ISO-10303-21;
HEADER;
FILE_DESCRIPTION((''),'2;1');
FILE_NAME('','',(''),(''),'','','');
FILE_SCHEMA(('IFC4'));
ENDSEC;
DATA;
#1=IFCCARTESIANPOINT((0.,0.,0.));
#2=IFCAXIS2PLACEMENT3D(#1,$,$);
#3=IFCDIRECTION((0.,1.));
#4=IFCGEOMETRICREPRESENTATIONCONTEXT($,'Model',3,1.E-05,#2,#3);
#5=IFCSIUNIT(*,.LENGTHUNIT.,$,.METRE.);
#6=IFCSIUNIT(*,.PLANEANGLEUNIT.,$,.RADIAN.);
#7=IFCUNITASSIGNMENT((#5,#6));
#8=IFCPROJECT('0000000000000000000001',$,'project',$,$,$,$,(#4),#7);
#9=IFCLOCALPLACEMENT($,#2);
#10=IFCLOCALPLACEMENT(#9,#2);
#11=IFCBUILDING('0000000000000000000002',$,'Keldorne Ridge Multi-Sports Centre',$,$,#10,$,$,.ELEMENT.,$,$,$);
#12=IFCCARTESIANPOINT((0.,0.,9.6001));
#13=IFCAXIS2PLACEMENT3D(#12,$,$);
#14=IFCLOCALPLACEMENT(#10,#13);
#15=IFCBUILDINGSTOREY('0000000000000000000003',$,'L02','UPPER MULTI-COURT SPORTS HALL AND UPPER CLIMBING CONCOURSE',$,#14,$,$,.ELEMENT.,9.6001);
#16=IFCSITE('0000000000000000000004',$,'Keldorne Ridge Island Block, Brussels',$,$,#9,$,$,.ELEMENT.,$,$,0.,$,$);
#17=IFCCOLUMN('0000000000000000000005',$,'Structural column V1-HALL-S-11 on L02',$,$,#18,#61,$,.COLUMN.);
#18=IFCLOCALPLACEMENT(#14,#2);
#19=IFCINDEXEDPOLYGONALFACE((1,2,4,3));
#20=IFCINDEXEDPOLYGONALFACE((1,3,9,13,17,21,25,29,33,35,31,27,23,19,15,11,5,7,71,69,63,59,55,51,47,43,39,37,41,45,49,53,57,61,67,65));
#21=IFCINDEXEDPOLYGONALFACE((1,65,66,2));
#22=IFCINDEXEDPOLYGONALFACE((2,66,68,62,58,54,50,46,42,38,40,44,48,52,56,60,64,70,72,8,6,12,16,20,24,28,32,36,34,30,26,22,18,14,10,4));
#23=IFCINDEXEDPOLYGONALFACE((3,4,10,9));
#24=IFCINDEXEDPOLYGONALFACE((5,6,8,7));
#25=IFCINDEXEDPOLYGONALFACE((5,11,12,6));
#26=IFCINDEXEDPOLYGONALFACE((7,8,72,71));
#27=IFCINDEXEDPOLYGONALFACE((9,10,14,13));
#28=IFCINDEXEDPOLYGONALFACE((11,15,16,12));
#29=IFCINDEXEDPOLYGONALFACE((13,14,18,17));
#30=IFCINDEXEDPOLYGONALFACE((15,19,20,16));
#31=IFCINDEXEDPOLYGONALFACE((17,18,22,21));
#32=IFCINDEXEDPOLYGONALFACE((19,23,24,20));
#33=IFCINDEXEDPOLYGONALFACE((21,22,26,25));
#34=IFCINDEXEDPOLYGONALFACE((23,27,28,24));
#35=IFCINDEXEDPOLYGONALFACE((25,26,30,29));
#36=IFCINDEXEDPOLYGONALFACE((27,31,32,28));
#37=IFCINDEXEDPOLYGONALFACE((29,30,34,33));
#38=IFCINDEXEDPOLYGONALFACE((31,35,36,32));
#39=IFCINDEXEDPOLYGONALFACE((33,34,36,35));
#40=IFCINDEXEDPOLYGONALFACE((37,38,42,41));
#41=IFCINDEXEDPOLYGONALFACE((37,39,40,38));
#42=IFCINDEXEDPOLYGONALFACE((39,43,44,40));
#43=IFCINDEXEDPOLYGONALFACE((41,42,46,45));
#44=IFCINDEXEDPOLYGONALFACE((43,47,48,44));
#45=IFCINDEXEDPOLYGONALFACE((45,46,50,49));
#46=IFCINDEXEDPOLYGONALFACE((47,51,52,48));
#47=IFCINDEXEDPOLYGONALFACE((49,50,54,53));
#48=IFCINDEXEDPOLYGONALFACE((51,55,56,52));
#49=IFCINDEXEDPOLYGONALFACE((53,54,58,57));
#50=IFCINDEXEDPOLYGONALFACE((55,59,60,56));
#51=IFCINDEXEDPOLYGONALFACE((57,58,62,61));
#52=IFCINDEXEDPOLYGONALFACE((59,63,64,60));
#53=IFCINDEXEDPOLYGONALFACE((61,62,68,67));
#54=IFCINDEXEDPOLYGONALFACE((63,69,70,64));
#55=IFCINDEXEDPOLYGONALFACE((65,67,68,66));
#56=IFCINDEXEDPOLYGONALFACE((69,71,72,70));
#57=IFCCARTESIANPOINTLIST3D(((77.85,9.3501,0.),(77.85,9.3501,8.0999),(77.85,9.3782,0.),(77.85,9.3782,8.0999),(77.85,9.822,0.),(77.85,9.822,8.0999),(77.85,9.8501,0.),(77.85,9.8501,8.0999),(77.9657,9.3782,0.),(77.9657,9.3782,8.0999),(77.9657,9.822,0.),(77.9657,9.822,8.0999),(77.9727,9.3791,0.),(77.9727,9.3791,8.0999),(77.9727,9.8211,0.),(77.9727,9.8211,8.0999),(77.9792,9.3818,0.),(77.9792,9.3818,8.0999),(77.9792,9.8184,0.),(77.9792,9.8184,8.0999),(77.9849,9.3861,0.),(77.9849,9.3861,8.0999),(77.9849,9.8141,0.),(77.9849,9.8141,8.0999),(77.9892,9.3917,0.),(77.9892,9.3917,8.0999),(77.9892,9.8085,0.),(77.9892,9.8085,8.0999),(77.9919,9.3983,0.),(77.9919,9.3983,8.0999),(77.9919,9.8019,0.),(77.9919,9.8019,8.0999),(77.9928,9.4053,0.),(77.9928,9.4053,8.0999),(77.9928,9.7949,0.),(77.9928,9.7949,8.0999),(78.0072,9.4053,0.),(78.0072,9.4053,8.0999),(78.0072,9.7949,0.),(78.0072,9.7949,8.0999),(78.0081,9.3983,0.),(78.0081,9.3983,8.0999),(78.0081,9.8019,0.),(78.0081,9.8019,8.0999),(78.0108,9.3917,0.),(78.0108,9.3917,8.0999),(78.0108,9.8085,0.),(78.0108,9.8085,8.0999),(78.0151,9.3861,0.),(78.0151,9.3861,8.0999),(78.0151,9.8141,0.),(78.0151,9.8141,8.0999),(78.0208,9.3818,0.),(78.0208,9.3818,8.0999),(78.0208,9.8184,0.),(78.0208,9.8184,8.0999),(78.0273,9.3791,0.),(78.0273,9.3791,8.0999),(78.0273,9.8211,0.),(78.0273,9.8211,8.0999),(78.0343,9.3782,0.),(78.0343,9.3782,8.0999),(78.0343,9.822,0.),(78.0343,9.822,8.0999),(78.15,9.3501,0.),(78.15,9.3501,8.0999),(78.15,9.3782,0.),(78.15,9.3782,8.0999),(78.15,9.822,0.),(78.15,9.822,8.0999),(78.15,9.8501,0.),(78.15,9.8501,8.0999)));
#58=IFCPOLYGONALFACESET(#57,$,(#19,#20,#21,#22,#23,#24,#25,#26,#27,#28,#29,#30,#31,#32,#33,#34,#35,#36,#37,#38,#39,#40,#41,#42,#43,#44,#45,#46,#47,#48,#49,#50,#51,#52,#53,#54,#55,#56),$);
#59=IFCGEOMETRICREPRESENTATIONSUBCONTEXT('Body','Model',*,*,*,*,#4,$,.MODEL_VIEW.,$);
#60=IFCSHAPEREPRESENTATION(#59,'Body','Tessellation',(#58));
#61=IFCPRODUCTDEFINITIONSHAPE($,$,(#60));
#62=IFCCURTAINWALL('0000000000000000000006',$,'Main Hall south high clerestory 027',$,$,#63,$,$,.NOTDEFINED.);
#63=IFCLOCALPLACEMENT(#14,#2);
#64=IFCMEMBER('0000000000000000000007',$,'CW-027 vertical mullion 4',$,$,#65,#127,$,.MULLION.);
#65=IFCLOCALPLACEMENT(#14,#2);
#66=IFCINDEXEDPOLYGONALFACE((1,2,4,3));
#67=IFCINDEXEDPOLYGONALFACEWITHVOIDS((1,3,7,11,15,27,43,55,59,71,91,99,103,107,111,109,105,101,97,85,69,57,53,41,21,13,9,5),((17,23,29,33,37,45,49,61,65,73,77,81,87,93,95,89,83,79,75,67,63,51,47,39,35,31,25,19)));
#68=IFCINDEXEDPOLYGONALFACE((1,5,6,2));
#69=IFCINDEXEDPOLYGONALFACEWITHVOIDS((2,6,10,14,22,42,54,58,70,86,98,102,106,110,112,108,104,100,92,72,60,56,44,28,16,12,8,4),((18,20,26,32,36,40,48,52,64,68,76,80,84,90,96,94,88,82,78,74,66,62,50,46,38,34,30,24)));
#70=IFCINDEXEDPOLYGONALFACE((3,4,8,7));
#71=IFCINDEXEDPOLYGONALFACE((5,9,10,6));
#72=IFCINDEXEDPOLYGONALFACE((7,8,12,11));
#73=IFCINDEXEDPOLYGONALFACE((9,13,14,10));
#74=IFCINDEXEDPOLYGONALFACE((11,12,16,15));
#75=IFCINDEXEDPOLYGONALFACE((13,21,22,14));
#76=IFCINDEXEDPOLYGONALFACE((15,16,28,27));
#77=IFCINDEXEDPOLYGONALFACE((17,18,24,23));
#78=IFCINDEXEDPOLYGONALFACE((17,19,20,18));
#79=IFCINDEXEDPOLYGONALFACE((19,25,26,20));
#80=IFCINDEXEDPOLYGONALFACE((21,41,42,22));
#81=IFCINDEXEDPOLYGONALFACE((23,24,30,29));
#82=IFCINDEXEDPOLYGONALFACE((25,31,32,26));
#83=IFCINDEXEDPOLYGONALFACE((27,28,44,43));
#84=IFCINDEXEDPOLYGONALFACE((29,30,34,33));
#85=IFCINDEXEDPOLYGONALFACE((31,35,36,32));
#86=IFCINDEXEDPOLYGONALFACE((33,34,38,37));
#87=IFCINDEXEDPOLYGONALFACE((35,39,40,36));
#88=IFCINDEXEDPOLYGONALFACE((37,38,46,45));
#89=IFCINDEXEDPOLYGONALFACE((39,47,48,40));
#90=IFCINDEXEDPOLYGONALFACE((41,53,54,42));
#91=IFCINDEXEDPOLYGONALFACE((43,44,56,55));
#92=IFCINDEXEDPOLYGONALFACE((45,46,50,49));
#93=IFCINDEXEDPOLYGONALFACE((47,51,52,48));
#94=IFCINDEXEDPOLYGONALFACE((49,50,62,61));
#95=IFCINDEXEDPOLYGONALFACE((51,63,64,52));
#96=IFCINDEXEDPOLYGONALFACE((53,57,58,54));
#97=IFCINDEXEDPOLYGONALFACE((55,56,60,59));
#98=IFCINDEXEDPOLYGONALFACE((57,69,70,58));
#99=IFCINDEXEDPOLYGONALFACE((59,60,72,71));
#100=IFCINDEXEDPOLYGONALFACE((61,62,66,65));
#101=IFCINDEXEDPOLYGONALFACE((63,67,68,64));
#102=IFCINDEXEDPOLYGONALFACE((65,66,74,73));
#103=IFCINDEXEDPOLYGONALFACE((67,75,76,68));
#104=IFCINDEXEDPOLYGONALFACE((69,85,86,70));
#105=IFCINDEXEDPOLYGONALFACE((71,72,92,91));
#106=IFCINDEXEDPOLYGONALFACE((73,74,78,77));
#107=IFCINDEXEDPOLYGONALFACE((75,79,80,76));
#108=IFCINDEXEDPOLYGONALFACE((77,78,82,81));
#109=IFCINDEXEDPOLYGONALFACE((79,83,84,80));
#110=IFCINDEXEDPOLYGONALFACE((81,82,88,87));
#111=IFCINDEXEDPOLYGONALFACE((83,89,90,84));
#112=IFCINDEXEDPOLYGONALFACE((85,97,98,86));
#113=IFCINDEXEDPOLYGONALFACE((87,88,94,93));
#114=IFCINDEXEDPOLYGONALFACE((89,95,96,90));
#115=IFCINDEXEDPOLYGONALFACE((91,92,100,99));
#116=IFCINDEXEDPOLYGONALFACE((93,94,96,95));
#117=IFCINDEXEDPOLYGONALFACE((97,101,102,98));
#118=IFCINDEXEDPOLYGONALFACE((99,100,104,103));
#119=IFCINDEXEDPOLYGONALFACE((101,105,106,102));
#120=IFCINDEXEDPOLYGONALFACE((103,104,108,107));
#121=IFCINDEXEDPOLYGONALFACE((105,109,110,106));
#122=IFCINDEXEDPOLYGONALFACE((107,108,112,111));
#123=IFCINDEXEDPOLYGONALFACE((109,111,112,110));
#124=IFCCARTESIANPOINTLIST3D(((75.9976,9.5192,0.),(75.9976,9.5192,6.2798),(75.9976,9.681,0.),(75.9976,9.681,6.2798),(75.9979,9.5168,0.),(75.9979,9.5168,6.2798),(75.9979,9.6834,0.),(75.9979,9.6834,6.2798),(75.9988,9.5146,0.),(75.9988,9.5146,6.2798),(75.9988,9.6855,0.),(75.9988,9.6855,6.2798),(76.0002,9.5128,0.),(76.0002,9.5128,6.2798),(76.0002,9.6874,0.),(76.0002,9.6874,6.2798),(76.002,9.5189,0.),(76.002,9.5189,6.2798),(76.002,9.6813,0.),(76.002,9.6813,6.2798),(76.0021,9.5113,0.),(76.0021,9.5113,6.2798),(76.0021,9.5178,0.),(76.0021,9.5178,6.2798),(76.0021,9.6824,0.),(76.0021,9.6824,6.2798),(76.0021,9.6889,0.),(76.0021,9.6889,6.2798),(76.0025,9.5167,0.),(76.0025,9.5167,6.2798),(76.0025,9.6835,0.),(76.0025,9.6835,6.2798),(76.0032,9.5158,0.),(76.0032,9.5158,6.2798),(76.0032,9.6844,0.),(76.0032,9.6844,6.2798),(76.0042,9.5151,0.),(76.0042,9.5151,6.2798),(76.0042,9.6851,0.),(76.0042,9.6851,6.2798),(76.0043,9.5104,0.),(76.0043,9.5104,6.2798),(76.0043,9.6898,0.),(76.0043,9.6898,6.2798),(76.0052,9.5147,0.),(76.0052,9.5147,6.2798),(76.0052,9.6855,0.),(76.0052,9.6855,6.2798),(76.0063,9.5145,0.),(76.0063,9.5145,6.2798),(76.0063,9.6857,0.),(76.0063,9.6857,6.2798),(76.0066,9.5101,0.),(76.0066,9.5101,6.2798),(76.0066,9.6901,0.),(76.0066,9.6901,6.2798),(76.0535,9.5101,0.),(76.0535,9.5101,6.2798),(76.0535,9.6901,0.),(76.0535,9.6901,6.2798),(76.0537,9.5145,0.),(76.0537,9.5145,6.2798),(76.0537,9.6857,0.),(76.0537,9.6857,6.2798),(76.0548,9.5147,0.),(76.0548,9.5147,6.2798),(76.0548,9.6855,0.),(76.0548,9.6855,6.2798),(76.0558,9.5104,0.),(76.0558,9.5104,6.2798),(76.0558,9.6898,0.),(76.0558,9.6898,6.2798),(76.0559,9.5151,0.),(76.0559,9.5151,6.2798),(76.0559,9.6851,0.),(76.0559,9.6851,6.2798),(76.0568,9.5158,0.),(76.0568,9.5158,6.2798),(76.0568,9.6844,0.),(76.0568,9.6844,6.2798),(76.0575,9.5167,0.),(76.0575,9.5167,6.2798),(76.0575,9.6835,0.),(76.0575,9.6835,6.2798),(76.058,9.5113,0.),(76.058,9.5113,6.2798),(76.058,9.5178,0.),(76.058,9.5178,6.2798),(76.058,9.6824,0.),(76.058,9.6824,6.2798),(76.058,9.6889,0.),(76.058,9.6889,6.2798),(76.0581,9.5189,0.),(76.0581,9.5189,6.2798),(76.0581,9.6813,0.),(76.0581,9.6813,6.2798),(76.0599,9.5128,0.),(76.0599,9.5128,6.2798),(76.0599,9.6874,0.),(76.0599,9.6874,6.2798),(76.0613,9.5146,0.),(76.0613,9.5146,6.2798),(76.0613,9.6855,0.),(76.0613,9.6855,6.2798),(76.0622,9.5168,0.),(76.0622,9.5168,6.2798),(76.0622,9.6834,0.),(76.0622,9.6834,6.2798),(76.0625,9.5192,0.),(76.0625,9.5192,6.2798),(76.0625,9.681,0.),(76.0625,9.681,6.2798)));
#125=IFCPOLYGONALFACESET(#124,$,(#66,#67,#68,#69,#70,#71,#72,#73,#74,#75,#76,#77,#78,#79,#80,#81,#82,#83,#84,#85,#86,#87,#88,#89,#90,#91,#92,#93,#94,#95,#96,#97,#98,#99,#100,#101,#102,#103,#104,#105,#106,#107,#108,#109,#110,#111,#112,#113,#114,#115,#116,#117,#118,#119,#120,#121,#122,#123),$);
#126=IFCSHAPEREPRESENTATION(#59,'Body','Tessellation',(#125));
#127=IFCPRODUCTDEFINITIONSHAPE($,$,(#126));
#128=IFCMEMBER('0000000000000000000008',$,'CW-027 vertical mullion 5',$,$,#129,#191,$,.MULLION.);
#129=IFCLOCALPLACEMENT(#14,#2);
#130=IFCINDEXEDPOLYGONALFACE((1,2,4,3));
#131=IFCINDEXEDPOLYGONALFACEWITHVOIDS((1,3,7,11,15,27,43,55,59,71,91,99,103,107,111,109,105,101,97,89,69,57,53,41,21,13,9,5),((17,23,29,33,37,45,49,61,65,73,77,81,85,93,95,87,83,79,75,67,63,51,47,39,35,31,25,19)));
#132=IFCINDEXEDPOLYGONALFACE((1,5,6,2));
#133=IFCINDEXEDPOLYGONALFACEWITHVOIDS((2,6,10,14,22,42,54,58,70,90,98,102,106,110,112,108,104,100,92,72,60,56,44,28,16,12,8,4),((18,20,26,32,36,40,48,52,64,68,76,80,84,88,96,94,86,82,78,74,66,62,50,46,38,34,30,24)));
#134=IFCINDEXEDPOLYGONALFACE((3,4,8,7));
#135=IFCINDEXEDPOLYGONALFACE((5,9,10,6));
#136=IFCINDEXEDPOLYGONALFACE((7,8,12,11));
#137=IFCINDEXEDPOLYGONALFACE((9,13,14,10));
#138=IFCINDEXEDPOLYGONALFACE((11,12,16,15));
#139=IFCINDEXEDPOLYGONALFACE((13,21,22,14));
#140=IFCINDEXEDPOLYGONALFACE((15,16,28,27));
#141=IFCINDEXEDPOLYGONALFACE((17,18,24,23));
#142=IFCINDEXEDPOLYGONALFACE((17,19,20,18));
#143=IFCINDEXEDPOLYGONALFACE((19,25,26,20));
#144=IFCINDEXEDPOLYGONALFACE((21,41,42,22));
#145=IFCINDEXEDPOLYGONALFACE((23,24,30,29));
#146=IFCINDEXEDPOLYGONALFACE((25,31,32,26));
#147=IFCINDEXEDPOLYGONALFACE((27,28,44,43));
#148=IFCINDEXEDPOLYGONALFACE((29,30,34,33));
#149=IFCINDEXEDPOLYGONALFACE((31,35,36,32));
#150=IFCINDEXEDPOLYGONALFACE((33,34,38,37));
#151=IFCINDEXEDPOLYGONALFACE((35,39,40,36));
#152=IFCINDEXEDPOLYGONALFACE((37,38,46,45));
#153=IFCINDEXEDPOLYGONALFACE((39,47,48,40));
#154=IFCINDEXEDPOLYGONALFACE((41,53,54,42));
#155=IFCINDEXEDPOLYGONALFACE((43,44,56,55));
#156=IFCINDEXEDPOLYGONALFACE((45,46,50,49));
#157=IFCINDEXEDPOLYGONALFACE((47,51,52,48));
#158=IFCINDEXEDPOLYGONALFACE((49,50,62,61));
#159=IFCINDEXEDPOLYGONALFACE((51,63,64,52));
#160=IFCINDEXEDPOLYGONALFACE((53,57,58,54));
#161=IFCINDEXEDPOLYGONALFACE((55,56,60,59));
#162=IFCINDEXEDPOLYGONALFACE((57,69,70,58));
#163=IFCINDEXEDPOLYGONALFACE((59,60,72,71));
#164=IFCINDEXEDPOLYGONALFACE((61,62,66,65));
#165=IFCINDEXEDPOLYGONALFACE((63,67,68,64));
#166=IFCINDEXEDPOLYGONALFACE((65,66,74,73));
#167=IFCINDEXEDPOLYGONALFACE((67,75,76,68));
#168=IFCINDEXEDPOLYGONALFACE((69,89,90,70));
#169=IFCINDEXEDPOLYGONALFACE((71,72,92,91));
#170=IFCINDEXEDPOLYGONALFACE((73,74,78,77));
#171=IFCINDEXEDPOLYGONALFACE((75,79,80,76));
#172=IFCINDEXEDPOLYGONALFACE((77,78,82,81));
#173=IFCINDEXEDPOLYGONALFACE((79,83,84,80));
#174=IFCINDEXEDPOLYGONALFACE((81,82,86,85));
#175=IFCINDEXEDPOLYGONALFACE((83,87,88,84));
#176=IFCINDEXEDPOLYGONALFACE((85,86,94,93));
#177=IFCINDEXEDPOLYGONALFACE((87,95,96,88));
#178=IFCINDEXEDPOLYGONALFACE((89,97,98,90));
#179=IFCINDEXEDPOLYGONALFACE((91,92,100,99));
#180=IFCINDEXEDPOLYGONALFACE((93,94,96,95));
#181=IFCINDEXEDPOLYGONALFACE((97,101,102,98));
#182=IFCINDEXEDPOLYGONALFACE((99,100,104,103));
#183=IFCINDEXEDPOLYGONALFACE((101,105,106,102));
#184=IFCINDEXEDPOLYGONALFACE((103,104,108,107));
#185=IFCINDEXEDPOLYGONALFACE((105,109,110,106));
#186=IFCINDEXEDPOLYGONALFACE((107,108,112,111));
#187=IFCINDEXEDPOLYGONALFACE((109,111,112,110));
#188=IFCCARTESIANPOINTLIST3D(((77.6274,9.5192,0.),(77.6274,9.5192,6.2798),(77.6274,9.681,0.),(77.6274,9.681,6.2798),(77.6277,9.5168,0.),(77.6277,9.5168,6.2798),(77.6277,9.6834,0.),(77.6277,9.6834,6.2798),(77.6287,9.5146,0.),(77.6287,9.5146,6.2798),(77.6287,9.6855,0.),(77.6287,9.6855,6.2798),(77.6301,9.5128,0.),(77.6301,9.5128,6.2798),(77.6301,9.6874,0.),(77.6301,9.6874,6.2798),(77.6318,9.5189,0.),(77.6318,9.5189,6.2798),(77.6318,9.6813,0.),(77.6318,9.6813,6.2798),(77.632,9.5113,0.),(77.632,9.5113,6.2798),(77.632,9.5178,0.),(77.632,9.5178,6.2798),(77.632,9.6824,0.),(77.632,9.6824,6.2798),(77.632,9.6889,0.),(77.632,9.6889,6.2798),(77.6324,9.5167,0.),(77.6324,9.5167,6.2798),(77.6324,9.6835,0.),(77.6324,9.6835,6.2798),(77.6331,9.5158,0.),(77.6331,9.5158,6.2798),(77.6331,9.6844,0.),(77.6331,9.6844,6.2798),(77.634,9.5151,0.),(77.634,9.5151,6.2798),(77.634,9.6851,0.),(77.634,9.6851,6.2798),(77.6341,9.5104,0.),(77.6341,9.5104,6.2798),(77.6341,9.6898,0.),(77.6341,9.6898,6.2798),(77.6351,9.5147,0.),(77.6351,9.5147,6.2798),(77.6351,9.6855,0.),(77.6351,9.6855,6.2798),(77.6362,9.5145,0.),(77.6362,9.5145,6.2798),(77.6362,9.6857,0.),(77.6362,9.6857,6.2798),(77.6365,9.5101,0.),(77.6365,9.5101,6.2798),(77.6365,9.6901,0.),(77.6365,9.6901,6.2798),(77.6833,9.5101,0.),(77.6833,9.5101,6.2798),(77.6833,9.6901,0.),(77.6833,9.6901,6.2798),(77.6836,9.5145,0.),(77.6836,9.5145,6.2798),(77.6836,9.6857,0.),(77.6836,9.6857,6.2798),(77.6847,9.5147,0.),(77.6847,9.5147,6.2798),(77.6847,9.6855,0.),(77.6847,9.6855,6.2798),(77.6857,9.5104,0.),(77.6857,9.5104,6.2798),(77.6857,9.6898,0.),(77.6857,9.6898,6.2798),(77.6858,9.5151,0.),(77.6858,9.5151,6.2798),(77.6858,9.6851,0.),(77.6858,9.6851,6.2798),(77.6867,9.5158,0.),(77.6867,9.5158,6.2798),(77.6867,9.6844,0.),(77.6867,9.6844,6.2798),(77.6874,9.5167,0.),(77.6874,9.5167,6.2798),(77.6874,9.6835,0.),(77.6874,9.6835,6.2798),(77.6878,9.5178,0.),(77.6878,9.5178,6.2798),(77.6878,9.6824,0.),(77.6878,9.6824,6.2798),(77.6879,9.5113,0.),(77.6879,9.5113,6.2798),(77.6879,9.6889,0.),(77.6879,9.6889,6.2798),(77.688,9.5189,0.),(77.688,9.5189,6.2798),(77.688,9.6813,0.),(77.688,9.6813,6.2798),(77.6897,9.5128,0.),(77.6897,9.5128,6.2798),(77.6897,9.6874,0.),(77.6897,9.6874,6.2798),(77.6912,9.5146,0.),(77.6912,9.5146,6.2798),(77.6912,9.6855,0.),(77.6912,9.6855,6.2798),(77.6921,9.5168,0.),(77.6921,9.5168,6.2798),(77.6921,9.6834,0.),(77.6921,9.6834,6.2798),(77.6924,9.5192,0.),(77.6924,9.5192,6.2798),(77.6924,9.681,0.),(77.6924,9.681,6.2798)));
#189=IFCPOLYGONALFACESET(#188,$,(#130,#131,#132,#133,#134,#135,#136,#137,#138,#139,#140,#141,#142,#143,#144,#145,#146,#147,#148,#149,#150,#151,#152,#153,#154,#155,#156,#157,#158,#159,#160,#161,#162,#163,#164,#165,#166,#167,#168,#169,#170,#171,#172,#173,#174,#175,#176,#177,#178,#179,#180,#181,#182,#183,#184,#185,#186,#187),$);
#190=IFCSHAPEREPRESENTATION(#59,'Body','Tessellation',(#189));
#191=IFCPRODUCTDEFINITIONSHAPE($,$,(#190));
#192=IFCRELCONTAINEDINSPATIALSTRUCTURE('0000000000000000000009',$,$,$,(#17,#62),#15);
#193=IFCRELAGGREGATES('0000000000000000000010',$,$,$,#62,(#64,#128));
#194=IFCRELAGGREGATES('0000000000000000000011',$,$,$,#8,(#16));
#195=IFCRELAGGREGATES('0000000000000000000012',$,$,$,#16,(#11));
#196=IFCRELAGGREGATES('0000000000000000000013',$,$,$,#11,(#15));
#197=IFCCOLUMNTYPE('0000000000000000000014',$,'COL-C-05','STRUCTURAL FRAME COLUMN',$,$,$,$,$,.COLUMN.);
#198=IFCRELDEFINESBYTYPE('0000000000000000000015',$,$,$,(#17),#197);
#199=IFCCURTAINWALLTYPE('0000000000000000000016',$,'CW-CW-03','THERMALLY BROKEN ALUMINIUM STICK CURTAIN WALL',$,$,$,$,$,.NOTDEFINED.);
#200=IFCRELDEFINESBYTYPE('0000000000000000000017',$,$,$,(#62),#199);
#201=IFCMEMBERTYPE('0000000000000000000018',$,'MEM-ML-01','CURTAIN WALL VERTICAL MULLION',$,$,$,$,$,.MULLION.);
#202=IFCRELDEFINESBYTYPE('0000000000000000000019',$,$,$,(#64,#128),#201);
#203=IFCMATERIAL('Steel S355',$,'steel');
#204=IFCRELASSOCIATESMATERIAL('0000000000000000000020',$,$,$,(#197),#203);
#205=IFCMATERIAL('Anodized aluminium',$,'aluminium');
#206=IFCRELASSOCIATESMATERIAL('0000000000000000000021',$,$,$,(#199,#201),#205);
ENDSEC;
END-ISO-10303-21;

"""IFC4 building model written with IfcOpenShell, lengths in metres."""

from ifc_helpers import new_model, si_unit, direction, frame, origin, origin_2d, place, context, subcontext, project, spatial, hollow_rectangle, i_section, extrude, material, material_profile, profile_set, type_object, element, aggregate, save


model = new_model("IFC4")

# Units and contexts
model_context = context("Model", 3, precision=1e-05, world=origin(), true_north=direction((0.0, 1.0)))
body_context = subcontext(model_context, "Body", "Model", "MODEL_VIEW")
ifc_project = project(units=[si_unit("LENGTHUNIT", "METRE"), si_unit("PLANEANGLEUNIT", "RADIAN")], contexts=[model_context])

# Site, building, storey
site_placement = place(None, origin())
site = spatial("IfcSite", under=ifc_project, at=site_placement, Name="Keldorne Ridge Island Block, Brussels", CompositionType="ELEMENT", RefElevation=0.0)
building_placement = place(site_placement, origin())
building = spatial("IfcBuilding", under=site, at=building_placement, Name="Keldorne Ridge Multi-Sports Centre", CompositionType="ELEMENT")
storey_placement = place(building_placement, frame((0.0, 0.0, 9.6001)))
storey = spatial("IfcBuildingStorey", under=building, at=storey_placement, Name="L02", Description="UPPER MULTI-COURT SPORTS HALL AND UPPER CLIMBING CONCOURSE", CompositionType="ELEMENT", Elevation=9.6001)

# Column
ifc_material_1 = material(Name="Steel S355", Category="steel")
ifc_material_profile_1 = material_profile(ifc_material_1, i_section(OverallWidth=0.3, OverallDepth=0.5, WebThickness=0.0144, FlangeThickness=0.0281, FilletRadius=0.0271, at=origin_2d()), Name="HEB 500")
ifc_profile_set_1 = profile_set([ifc_material_profile_1], Name="Steel S355")
column_type = type_object("IfcColumnType", Name="COL-C-05", Description="STRUCTURAL FRAME COLUMN", PredefinedType="COLUMN", material=ifc_profile_set_1)
column_placement = place(storey_placement, frame((78.0, 9.6001, 0.0), z_axis=(0.0, 0.0, 1.0), x_axis=(1.0, 0.0, 0.0)))
element("IfcColumn", 1, at=column_placement, inside=storey, type_object=column_type, Name="Structural column V1-HALL-S-11 on L02", PredefinedType="COLUMN", context=body_context, shape_type="SweptSolid", body=[
    extrude(i_section(OverallWidth=0.3, OverallDepth=0.5, WebThickness=0.0144, FlangeThickness=0.0281, FilletRadius=0.0271, at=origin_2d()), origin(), (0.0, 0.0, 1.0), 8.0999),
])

# Curtain wall, members
ifc_material_2 = material(Name="Anodized aluminium", Category="aluminium")
curtain_wall_type = type_object("IfcCurtainWallType", Name="CW-CW-03", Description="THERMALLY BROKEN ALUMINIUM STICK CURTAIN WALL", PredefinedType="NOTDEFINED", material=ifc_material_2)
curtain_wall_placement = place(storey_placement, origin())
curtain_wall = element("IfcCurtainWall", 2, at=curtain_wall_placement, inside=storey, type_object=curtain_wall_type, Name="Main Hall south high clerestory 027", PredefinedType="NOTDEFINED")
ifc_material_profile_2 = material_profile(ifc_material_2, hollow_rectangle(XDim=0.0649, YDim=0.1799, WallThickness=0.0044, InnerFilletRadius=0.0044, OuterFilletRadius=0.009, at=origin_2d()), Name="ALU MULLION 180x65x4.5")
ifc_profile_set_2 = profile_set([ifc_material_profile_2], Name="Anodized aluminium")
member_type_1 = type_object("IfcMemberType", Name="MEM-ML-01", Description="CURTAIN WALL VERTICAL MULLION", PredefinedType="MULLION", material=ifc_profile_set_2)
member_1_placement = place(storey_placement, frame((76.03, 9.6001, 0.0), z_axis=(0.0, 0.0, 1.0), x_axis=(1.0, 0.0, 0.0)))
member_1 = element("IfcMember", 3, at=member_1_placement, type_object=member_type_1, Name="CW-027 vertical mullion 4", PredefinedType="MULLION", context=body_context, shape_type="SweptSolid", body=[
    extrude(hollow_rectangle(XDim=0.0649, YDim=0.1799, WallThickness=0.0044, InnerFilletRadius=0.0044, OuterFilletRadius=0.009, at=origin_2d()), origin(), (0.0, 0.0, 1.0), 6.2798),
])
member_2_placement = place(storey_placement, frame((77.6599, 9.6001, 0.0), z_axis=(0.0, 0.0, 1.0), x_axis=(1.0, 0.0, 0.0)))
member_2 = element("IfcMember", 4, at=member_2_placement, type_object=member_type_1, Name="CW-027 vertical mullion 5", PredefinedType="MULLION", context=body_context, shape_type="SweptSolid", body=[
    extrude(hollow_rectangle(XDim=0.0649, YDim=0.1799, WallThickness=0.0044, InnerFilletRadius=0.0044, OuterFilletRadius=0.009, at=origin_2d()), origin(), (0.0, 0.0, 1.0), 6.2798),
])

aggregate(curtain_wall, [member_1, member_2])

save(model, "model.ifc")
